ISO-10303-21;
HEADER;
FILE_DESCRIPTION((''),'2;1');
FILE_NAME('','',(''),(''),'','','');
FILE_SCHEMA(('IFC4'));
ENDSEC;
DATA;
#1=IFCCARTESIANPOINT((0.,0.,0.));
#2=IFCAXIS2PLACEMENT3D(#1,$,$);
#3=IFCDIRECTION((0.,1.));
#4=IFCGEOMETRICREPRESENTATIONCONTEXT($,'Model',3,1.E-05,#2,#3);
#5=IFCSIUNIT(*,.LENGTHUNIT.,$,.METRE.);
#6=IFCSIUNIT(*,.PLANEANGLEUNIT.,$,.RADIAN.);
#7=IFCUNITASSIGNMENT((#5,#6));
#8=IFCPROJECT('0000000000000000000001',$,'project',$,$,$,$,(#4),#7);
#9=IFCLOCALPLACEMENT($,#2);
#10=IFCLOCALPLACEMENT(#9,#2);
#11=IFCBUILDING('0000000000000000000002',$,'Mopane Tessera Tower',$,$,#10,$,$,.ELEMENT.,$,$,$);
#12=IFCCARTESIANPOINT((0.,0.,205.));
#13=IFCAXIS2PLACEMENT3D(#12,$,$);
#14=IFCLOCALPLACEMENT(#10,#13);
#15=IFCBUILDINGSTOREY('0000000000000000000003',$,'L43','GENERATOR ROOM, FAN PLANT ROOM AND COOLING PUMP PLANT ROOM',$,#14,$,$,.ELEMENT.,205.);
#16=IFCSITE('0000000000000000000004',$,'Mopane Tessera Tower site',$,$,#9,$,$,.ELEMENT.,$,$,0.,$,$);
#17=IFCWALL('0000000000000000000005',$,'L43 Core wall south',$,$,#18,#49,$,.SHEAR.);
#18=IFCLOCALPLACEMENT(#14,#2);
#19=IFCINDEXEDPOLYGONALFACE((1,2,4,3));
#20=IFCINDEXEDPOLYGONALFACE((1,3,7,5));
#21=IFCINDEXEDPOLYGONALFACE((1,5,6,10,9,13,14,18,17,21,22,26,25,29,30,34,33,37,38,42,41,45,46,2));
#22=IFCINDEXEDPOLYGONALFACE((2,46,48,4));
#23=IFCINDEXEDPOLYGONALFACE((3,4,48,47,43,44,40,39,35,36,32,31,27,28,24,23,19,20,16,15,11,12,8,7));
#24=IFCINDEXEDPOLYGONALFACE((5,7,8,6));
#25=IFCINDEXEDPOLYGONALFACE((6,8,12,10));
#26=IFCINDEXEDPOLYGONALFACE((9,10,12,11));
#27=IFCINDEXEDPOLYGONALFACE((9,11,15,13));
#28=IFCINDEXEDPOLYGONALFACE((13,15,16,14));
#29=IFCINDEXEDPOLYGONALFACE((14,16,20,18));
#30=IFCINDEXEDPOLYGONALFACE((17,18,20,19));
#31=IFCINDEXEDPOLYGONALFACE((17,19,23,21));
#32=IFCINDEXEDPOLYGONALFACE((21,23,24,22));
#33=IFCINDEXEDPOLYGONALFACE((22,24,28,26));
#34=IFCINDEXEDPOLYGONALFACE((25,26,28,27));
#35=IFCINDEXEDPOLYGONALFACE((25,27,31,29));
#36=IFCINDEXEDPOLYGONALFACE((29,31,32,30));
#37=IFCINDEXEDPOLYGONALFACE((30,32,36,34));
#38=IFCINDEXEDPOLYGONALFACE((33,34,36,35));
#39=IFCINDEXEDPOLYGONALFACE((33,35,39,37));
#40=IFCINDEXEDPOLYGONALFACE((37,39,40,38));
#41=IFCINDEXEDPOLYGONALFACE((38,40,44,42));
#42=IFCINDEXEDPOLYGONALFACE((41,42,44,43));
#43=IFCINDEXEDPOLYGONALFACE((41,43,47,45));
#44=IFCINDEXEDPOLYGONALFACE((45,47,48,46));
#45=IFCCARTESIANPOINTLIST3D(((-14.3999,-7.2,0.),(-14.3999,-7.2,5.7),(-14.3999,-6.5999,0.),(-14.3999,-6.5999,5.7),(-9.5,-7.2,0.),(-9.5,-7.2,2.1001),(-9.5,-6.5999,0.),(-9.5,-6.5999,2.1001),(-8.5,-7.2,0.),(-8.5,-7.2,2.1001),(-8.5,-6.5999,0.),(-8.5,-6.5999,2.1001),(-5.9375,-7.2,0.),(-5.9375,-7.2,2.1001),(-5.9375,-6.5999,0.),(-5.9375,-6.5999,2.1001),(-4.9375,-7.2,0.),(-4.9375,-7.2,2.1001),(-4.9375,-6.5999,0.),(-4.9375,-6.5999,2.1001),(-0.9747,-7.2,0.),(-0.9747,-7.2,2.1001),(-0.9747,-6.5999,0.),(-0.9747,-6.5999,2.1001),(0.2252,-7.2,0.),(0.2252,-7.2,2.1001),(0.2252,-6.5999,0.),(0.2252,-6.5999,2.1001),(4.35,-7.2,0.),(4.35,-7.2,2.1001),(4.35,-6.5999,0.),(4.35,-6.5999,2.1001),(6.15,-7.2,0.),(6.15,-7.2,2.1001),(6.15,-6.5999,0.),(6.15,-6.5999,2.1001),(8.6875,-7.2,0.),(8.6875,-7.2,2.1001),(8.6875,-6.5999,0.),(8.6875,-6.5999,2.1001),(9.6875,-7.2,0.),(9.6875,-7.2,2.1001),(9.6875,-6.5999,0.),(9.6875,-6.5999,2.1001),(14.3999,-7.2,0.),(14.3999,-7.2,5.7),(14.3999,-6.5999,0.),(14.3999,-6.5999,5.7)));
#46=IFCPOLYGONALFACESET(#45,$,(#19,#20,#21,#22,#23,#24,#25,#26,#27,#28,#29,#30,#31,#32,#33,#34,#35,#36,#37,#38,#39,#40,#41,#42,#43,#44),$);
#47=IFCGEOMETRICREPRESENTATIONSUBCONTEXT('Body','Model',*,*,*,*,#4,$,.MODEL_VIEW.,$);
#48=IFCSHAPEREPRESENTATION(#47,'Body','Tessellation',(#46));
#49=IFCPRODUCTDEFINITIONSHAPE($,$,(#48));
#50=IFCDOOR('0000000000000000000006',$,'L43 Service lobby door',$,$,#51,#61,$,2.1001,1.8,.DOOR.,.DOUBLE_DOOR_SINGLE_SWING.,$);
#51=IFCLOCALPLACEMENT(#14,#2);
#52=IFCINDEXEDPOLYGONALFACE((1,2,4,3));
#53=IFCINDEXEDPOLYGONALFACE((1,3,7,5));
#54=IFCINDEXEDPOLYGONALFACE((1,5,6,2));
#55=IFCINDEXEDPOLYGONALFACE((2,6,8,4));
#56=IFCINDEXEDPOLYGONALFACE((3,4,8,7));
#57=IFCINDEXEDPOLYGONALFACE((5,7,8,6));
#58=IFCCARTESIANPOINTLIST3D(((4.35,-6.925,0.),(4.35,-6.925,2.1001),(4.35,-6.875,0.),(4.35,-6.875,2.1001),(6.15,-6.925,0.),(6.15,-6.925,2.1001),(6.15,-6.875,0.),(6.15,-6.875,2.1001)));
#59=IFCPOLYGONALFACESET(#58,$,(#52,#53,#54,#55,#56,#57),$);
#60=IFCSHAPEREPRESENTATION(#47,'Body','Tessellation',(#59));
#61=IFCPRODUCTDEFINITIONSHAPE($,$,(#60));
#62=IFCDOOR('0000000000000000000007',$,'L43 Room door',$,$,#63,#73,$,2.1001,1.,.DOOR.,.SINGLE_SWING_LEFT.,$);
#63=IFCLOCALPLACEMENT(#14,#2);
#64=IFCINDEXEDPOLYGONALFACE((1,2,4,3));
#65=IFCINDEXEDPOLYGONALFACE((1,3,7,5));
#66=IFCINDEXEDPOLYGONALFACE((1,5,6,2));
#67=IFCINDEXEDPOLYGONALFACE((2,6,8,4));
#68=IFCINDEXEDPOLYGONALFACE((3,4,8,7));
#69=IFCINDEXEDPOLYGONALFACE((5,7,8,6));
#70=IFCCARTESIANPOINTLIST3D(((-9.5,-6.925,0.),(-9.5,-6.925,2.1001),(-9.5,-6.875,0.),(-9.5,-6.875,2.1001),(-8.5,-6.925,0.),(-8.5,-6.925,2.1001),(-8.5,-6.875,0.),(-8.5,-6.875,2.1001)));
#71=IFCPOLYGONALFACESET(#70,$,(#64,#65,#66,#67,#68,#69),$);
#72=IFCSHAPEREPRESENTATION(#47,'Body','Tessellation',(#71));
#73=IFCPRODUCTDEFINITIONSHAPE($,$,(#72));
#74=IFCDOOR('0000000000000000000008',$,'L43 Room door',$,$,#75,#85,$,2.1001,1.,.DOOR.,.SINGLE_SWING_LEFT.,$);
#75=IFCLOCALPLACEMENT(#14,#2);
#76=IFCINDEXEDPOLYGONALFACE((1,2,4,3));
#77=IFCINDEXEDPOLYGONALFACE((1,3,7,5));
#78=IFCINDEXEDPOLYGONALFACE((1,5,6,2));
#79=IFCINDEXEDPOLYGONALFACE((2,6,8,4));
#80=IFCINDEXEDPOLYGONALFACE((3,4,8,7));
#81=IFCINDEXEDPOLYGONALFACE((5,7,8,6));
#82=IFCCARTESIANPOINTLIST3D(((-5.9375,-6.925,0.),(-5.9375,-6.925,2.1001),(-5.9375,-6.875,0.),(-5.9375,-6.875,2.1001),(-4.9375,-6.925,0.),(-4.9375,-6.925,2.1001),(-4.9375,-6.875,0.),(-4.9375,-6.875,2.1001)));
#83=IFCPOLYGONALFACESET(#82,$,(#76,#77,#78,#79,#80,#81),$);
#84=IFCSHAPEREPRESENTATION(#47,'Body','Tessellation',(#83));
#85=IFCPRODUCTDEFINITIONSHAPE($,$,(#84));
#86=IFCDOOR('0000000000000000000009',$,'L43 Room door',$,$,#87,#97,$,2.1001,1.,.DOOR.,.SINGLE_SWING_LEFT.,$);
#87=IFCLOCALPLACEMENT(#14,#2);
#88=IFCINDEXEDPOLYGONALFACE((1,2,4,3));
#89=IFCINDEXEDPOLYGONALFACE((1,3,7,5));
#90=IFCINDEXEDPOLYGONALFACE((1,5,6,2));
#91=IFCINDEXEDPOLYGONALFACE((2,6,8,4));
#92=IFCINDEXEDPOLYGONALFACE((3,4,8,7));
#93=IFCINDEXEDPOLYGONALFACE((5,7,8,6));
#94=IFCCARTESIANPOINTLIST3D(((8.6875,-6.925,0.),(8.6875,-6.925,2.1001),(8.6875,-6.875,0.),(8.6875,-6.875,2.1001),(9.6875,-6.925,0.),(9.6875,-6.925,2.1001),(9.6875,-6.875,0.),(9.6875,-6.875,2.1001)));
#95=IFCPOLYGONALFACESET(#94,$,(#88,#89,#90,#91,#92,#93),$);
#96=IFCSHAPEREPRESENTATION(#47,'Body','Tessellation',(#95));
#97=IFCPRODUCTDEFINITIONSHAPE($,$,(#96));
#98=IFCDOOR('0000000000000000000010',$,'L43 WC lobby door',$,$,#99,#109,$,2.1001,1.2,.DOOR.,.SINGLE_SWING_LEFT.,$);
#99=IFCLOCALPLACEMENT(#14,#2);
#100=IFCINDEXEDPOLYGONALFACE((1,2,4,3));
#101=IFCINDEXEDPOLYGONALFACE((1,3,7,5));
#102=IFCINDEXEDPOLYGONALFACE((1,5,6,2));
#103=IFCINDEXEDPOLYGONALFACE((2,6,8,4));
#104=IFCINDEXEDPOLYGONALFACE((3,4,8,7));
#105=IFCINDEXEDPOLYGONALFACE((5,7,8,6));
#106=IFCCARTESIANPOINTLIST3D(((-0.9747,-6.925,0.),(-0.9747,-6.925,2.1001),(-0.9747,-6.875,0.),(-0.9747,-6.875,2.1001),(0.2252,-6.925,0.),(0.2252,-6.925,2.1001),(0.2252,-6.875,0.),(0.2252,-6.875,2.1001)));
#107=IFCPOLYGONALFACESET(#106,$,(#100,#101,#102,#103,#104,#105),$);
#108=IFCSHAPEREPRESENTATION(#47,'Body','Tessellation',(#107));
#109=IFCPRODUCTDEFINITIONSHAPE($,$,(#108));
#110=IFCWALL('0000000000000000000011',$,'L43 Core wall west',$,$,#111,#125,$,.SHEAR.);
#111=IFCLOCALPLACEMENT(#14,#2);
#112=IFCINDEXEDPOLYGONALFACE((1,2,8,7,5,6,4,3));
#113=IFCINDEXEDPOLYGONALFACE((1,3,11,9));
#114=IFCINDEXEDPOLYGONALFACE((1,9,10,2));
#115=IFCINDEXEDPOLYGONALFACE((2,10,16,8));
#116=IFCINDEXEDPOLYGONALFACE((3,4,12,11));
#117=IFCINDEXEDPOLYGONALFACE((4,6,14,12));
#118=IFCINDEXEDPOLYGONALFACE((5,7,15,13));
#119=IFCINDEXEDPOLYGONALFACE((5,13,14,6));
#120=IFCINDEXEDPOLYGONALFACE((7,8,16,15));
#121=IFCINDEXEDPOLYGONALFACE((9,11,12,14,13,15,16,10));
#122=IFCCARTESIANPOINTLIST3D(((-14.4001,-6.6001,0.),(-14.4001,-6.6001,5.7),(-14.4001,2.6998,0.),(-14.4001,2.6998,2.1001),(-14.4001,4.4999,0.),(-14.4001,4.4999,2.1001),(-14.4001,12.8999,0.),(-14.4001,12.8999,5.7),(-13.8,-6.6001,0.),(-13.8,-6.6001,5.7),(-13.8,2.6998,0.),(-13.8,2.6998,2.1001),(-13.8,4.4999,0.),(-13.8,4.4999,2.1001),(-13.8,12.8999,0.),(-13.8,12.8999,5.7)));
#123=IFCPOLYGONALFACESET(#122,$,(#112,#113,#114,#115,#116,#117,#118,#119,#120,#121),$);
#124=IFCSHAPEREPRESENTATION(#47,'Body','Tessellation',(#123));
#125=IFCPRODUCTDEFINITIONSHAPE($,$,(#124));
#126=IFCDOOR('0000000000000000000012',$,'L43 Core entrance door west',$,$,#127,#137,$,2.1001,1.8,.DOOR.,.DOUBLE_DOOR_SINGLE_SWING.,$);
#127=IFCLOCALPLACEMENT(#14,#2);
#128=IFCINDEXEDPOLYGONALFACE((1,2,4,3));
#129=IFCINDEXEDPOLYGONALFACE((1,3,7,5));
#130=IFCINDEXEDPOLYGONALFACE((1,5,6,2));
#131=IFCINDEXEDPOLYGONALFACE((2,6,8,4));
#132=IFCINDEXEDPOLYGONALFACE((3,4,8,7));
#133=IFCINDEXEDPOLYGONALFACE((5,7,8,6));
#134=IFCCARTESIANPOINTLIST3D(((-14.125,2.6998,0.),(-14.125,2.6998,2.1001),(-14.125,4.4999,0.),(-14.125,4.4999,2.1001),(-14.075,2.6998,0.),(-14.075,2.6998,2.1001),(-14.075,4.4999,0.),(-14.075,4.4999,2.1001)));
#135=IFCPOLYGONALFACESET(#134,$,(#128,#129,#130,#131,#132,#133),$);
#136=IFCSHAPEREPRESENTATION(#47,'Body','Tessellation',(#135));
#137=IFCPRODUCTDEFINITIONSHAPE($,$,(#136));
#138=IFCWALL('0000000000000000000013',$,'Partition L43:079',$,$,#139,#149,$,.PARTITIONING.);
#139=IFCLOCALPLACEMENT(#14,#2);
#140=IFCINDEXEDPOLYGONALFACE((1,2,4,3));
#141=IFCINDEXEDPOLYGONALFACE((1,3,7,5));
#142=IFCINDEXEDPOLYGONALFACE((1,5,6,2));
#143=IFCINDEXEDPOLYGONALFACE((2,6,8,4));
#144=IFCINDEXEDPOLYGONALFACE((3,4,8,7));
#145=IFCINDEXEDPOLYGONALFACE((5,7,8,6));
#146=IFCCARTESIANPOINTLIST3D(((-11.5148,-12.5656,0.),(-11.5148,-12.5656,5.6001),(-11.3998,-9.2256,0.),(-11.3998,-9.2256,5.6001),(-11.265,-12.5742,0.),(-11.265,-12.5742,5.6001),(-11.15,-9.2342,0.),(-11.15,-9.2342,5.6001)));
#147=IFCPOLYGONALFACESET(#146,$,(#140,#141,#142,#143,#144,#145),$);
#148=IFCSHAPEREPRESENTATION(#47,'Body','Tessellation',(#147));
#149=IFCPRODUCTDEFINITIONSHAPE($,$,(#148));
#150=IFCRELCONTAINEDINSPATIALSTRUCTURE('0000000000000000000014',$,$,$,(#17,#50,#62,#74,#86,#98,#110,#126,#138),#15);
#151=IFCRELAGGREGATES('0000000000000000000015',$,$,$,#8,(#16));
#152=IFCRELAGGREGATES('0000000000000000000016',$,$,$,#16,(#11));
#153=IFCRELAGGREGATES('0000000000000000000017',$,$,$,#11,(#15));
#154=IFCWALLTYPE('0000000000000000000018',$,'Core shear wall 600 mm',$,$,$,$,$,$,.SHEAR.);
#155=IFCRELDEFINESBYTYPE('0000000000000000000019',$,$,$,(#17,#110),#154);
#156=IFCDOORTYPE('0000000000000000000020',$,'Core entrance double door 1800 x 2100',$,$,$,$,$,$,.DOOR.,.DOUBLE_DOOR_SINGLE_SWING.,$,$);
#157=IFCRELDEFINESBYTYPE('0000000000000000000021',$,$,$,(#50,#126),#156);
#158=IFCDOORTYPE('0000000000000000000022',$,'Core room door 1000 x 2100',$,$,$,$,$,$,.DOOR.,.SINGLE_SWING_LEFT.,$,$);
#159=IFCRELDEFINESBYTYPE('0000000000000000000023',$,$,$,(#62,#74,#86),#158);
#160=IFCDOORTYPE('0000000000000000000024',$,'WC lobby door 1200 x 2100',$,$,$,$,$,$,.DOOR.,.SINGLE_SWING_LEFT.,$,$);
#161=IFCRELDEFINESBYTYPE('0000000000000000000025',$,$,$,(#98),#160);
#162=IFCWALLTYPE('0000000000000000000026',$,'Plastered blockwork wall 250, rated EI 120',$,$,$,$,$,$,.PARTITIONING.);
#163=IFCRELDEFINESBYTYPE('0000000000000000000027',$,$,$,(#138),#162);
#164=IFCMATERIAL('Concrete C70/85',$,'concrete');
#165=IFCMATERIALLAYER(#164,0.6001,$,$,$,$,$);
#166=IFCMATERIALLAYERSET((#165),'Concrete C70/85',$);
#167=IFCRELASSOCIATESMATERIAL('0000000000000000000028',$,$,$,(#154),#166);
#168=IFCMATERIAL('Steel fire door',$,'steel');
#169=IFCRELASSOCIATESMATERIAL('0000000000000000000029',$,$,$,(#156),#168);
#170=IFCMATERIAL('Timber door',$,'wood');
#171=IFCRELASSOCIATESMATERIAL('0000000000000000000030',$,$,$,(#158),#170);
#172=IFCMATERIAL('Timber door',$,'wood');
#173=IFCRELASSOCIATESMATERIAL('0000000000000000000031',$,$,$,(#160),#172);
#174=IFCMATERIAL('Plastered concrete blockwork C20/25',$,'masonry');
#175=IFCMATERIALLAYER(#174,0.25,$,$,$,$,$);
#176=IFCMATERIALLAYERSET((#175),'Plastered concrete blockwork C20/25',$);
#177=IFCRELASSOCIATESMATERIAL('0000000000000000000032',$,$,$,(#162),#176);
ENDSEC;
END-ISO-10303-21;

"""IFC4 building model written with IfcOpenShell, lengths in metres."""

from ifc_helpers import new_model, si_unit, direction, frame, frame_2d, origin, place, context, subcontext, project, spatial, rectangle, extrude, material, layer, layer_set, type_object, element, fill, save


model = new_model("IFC4")

# Units and contexts
model_context = context("Model", 3, precision=1e-05, world=origin(), true_north=direction((0.0, 1.0)))
body_context = subcontext(model_context, "Body", "Model", "MODEL_VIEW")
ifc_project = project(units=[si_unit("LENGTHUNIT", "METRE"), si_unit("PLANEANGLEUNIT", "RADIAN")], contexts=[model_context])

# Site, building, storey
site_placement = place(None, origin())
site = spatial("IfcSite", under=ifc_project, at=site_placement, Name="Mopane Tessera Tower site", CompositionType="ELEMENT", RefElevation=0.0)
building_placement = place(site_placement, origin())
building = spatial("IfcBuilding", under=site, at=building_placement, Name="Mopane Tessera Tower", CompositionType="ELEMENT")
storey_placement = place(building_placement, frame((0.0, 0.0, 205.0)))
storey = spatial("IfcBuildingStorey", under=building, at=storey_placement, Name="L43", Description="GENERATOR ROOM, FAN PLANT ROOM AND COOLING PUMP PLANT ROOM", CompositionType="ELEMENT", Elevation=205.0)

# Wall, openings, doors
ifc_material_1 = material(Name="Concrete C70/85", Category="concrete")
ifc_layer_1 = layer(ifc_material_1, 0.6001)
ifc_layer_set_1 = layer_set([ifc_layer_1], Name="Concrete C70/85")
wall_type_1 = type_object("IfcWallType", Name="Core shear wall 600 mm", PredefinedType="SHEAR", material=ifc_layer_set_1)
wall_1_placement = place(storey_placement, frame((-14.3999, -6.8999, 0.0), z_axis=(0.0, 0.0, 1.0), x_axis=(1.0, 0.0, 0.0)))
wall_1 = element("IfcWall", 1, at=wall_1_placement, inside=storey, type_object=wall_type_1, Name="L43 Core wall south", PredefinedType="SHEAR", context=body_context, shape_type="SweptSolid", body=[
    extrude(rectangle(XDim=28.7998, YDim=0.6001, at=frame_2d((14.3999, 0.0))), origin(), (0.0, 0.0, 1.0), 5.7),
])
opening_1_placement = place(wall_1_placement, frame((4.8999, 0.0, 0.0)))
opening_1 = element("IfcOpeningElement", 2, at=opening_1_placement, cuts=wall_1, PredefinedType="OPENING", context=body_context, shape_type="SweptSolid", body=[
    extrude(rectangle(XDim=1.0, YDim=2.1001, at=frame_2d((0.5, 1.05))), frame((0.0, 0.312, 0.0), z_axis=(0.0, -1.0, 0.0), x_axis=(1.0, 0.0, 0.0)), (0.0, 0.0, 1.0), 0.624),
])
opening_2_placement = place(wall_1_placement, frame((8.4624, 0.0, 0.0)))
opening_2 = element("IfcOpeningElement", 3, at=opening_2_placement, cuts=wall_1, PredefinedType="OPENING", context=body_context, shape_type="SweptSolid", body=[
    extrude(rectangle(XDim=1.0, YDim=2.1001, at=frame_2d((0.5, 1.05))), frame((0.0, 0.312, 0.0), z_axis=(0.0, -1.0, 0.0), x_axis=(1.0, 0.0, 0.0)), (0.0, 0.0, 1.0), 0.624),
])
opening_3_placement = place(wall_1_placement, frame((13.425, 0.0, 0.0)))
opening_3 = element("IfcOpeningElement", 4, at=opening_3_placement, cuts=wall_1, PredefinedType="OPENING", context=body_context, shape_type="SweptSolid", body=[
    extrude(rectangle(XDim=1.2, YDim=2.1001, at=frame_2d((0.6001, 1.05))), frame((0.0, 0.312, 0.0), z_axis=(0.0, -1.0, 0.0), x_axis=(1.0, 0.0, 0.0)), (0.0, 0.0, 1.0), 0.624),
])
opening_4_placement = place(wall_1_placement, frame((18.75, 0.0, 0.0)))
opening_4 = element("IfcOpeningElement", 5, at=opening_4_placement, cuts=wall_1, PredefinedType="OPENING", context=body_context, shape_type="SweptSolid", body=[
    extrude(rectangle(XDim=1.8, YDim=2.1001, at=frame_2d((0.8999, 1.05))), frame((0.0, 0.312, 0.0), z_axis=(0.0, -1.0, 0.0), x_axis=(1.0, 0.0, 0.0)), (0.0, 0.0, 1.0), 0.624),
])
opening_5_placement = place(wall_1_placement, frame((23.0874, 0.0, 0.0)))
opening_5 = element("IfcOpeningElement", 6, at=opening_5_placement, cuts=wall_1, PredefinedType="OPENING", context=body_context, shape_type="SweptSolid", body=[
    extrude(rectangle(XDim=1.0, YDim=2.1001, at=frame_2d((0.5, 1.05))), frame((0.0, 0.312, 0.0), z_axis=(0.0, -1.0, 0.0), x_axis=(1.0, 0.0, 0.0)), (0.0, 0.0, 1.0), 0.624),
])
ifc_material_2 = material(Name="Steel fire door", Category="steel")
door_type_1 = type_object("IfcDoorType", Name="Core entrance double door 1800 x 2100", OperationType="DOUBLE_DOOR_SINGLE_SWING", PredefinedType="DOOR", material=ifc_material_2)
door_1_placement = place(opening_4_placement, origin())
door_1 = element("IfcDoor", 7, at=door_1_placement, inside=storey, type_object=door_type_1, Name="L43 Service lobby door", OperationType="DOUBLE_DOOR_SINGLE_SWING", OverallHeight=2.1001, OverallWidth=1.8, PredefinedType="DOOR", context=body_context, shape_type="SweptSolid", body=[
    extrude(rectangle(XDim=1.8, YDim=2.1001, at=frame_2d((0.8999, 1.05))), frame((0.0, 0.0249, 0.0), z_axis=(0.0, -1.0, 0.0), x_axis=(1.0, 0.0, 0.0)), (0.0, 0.0, 1.0), 0.05),
])
fill(opening_4, door_1)
ifc_material_3 = material(Name="Timber door", Category="wood")
door_type_2 = type_object("IfcDoorType", Name="Core room door 1000 x 2100", OperationType="SINGLE_SWING_LEFT", PredefinedType="DOOR", material=ifc_material_3)
door_2_placement = place(opening_1_placement, origin())
door_2 = element("IfcDoor", 8, at=door_2_placement, inside=storey, type_object=door_type_2, Name="L43 Room door", OperationType="SINGLE_SWING_LEFT", OverallHeight=2.1001, OverallWidth=1.0, PredefinedType="DOOR", context=body_context, shape_type="SweptSolid", body=[
    extrude(rectangle(XDim=1.0, YDim=2.1001, at=frame_2d((0.5, 1.05))), frame((0.0, 0.0249, 0.0), z_axis=(0.0, -1.0, 0.0), x_axis=(1.0, 0.0, 0.0)), (0.0, 0.0, 1.0), 0.05),
])
fill(opening_1, door_2)
door_3_placement = place(opening_2_placement, origin())
door_3 = element("IfcDoor", 9, at=door_3_placement, inside=storey, type_object=door_type_2, Name="L43 Room door", OperationType="SINGLE_SWING_LEFT", OverallHeight=2.1001, OverallWidth=1.0, PredefinedType="DOOR", context=body_context, shape_type="SweptSolid", body=[
    extrude(rectangle(XDim=1.0, YDim=2.1001, at=frame_2d((0.5, 1.05))), frame((0.0, 0.0249, 0.0), z_axis=(0.0, -1.0, 0.0), x_axis=(1.0, 0.0, 0.0)), (0.0, 0.0, 1.0), 0.05),
])
fill(opening_2, door_3)
door_4_placement = place(opening_5_placement, origin())
door_4 = element("IfcDoor", 10, at=door_4_placement, inside=storey, type_object=door_type_2, Name="L43 Room door", OperationType="SINGLE_SWING_LEFT", OverallHeight=2.1001, OverallWidth=1.0, PredefinedType="DOOR", context=body_context, shape_type="SweptSolid", body=[
    extrude(rectangle(XDim=1.0, YDim=2.1001, at=frame_2d((0.5, 1.05))), frame((0.0, 0.0249, 0.0), z_axis=(0.0, -1.0, 0.0), x_axis=(1.0, 0.0, 0.0)), (0.0, 0.0, 1.0), 0.05),
])
fill(opening_5, door_4)
ifc_material_4 = material(Name="Timber door", Category="wood")
door_type_3 = type_object("IfcDoorType", Name="WC lobby door 1200 x 2100", OperationType="SINGLE_SWING_LEFT", PredefinedType="DOOR", material=ifc_material_4)
door_5_placement = place(opening_3_placement, origin())
door_5 = element("IfcDoor", 11, at=door_5_placement, inside=storey, type_object=door_type_3, Name="L43 WC lobby door", OperationType="SINGLE_SWING_LEFT", OverallHeight=2.1001, OverallWidth=1.2, PredefinedType="DOOR", context=body_context, shape_type="SweptSolid", body=[
    extrude(rectangle(XDim=1.2, YDim=2.1001, at=frame_2d((0.6001, 1.05))), frame((0.0, 0.0249, 0.0), z_axis=(0.0, -1.0, 0.0), x_axis=(1.0, 0.0, 0.0)), (0.0, 0.0, 1.0), 0.05),
])
fill(opening_3, door_5)

# Wall, opening, door
wall_2_placement = place(storey_placement, frame((-14.1001, -6.6001, 0.0), z_axis=(0.0, 0.0, 1.0), x_axis=(0.0, 1.0, 0.0)))
wall_2 = element("IfcWall", 12, at=wall_2_placement, inside=storey, type_object=wall_type_1, Name="L43 Core wall west", PredefinedType="SHEAR", context=body_context, shape_type="SweptSolid", body=[
    extrude(rectangle(XDim=19.5, YDim=0.6001, at=frame_2d((9.75, 0.0))), origin(), (0.0, 0.0, 1.0), 5.7),
])
opening_6_placement = place(wall_2_placement, frame((9.3, 0.0, 0.0)))
opening_6 = element("IfcOpeningElement", 13, at=opening_6_placement, cuts=wall_2, PredefinedType="OPENING", context=body_context, shape_type="SweptSolid", body=[
    extrude(rectangle(XDim=1.8, YDim=2.1001, at=frame_2d((0.8999, 1.05))), frame((0.0, 0.312, 0.0), z_axis=(0.0, -1.0, 0.0), x_axis=(1.0, 0.0, 0.0)), (0.0, 0.0, 1.0), 0.624),
])
door_6_placement = place(opening_6_placement, origin())
door_6 = element("IfcDoor", 14, at=door_6_placement, inside=storey, type_object=door_type_1, Name="L43 Core entrance door west", OperationType="DOUBLE_DOOR_SINGLE_SWING", OverallHeight=2.1001, OverallWidth=1.8, PredefinedType="DOOR", context=body_context, shape_type="SweptSolid", body=[
    extrude(rectangle(XDim=1.8, YDim=2.1001, at=frame_2d((0.8999, 1.05))), frame((0.0, 0.0249, 0.0), z_axis=(0.0, -1.0, 0.0), x_axis=(1.0, 0.0, 0.0)), (0.0, 0.0, 1.0), 0.05),
])
fill(opening_6, door_6)

# Wall
ifc_material_5 = material(Name="Plastered concrete blockwork C20/25", Category="masonry")
ifc_layer_2 = layer(ifc_material_5, 0.25)
ifc_layer_set_2 = layer_set([ifc_layer_2], Name="Plastered concrete blockwork C20/25")
wall_type_2 = type_object("IfcWallType", Name="Plastered blockwork wall 250, rated EI 120", PredefinedType="PARTITIONING", material=ifc_layer_set_2)
wall_3_placement = place(storey_placement, frame((-11.2749, -9.23, 0.0), z_axis=(0.0, 0.0, 1.0), x_axis=(-0.034407, -0.999408, 0.0)))
element("IfcWall", 15, at=wall_3_placement, inside=storey, type_object=wall_type_2, Name="Partition L43:079", PredefinedType="PARTITIONING", context=body_context, shape_type="SweptSolid", body=[
    extrude(rectangle(XDim=3.342, YDim=0.25, at=frame_2d((1.6709, 0.0))), origin(), (0.0, 0.0, 1.0), 5.6001),
])

save(model, "model.ifc")
